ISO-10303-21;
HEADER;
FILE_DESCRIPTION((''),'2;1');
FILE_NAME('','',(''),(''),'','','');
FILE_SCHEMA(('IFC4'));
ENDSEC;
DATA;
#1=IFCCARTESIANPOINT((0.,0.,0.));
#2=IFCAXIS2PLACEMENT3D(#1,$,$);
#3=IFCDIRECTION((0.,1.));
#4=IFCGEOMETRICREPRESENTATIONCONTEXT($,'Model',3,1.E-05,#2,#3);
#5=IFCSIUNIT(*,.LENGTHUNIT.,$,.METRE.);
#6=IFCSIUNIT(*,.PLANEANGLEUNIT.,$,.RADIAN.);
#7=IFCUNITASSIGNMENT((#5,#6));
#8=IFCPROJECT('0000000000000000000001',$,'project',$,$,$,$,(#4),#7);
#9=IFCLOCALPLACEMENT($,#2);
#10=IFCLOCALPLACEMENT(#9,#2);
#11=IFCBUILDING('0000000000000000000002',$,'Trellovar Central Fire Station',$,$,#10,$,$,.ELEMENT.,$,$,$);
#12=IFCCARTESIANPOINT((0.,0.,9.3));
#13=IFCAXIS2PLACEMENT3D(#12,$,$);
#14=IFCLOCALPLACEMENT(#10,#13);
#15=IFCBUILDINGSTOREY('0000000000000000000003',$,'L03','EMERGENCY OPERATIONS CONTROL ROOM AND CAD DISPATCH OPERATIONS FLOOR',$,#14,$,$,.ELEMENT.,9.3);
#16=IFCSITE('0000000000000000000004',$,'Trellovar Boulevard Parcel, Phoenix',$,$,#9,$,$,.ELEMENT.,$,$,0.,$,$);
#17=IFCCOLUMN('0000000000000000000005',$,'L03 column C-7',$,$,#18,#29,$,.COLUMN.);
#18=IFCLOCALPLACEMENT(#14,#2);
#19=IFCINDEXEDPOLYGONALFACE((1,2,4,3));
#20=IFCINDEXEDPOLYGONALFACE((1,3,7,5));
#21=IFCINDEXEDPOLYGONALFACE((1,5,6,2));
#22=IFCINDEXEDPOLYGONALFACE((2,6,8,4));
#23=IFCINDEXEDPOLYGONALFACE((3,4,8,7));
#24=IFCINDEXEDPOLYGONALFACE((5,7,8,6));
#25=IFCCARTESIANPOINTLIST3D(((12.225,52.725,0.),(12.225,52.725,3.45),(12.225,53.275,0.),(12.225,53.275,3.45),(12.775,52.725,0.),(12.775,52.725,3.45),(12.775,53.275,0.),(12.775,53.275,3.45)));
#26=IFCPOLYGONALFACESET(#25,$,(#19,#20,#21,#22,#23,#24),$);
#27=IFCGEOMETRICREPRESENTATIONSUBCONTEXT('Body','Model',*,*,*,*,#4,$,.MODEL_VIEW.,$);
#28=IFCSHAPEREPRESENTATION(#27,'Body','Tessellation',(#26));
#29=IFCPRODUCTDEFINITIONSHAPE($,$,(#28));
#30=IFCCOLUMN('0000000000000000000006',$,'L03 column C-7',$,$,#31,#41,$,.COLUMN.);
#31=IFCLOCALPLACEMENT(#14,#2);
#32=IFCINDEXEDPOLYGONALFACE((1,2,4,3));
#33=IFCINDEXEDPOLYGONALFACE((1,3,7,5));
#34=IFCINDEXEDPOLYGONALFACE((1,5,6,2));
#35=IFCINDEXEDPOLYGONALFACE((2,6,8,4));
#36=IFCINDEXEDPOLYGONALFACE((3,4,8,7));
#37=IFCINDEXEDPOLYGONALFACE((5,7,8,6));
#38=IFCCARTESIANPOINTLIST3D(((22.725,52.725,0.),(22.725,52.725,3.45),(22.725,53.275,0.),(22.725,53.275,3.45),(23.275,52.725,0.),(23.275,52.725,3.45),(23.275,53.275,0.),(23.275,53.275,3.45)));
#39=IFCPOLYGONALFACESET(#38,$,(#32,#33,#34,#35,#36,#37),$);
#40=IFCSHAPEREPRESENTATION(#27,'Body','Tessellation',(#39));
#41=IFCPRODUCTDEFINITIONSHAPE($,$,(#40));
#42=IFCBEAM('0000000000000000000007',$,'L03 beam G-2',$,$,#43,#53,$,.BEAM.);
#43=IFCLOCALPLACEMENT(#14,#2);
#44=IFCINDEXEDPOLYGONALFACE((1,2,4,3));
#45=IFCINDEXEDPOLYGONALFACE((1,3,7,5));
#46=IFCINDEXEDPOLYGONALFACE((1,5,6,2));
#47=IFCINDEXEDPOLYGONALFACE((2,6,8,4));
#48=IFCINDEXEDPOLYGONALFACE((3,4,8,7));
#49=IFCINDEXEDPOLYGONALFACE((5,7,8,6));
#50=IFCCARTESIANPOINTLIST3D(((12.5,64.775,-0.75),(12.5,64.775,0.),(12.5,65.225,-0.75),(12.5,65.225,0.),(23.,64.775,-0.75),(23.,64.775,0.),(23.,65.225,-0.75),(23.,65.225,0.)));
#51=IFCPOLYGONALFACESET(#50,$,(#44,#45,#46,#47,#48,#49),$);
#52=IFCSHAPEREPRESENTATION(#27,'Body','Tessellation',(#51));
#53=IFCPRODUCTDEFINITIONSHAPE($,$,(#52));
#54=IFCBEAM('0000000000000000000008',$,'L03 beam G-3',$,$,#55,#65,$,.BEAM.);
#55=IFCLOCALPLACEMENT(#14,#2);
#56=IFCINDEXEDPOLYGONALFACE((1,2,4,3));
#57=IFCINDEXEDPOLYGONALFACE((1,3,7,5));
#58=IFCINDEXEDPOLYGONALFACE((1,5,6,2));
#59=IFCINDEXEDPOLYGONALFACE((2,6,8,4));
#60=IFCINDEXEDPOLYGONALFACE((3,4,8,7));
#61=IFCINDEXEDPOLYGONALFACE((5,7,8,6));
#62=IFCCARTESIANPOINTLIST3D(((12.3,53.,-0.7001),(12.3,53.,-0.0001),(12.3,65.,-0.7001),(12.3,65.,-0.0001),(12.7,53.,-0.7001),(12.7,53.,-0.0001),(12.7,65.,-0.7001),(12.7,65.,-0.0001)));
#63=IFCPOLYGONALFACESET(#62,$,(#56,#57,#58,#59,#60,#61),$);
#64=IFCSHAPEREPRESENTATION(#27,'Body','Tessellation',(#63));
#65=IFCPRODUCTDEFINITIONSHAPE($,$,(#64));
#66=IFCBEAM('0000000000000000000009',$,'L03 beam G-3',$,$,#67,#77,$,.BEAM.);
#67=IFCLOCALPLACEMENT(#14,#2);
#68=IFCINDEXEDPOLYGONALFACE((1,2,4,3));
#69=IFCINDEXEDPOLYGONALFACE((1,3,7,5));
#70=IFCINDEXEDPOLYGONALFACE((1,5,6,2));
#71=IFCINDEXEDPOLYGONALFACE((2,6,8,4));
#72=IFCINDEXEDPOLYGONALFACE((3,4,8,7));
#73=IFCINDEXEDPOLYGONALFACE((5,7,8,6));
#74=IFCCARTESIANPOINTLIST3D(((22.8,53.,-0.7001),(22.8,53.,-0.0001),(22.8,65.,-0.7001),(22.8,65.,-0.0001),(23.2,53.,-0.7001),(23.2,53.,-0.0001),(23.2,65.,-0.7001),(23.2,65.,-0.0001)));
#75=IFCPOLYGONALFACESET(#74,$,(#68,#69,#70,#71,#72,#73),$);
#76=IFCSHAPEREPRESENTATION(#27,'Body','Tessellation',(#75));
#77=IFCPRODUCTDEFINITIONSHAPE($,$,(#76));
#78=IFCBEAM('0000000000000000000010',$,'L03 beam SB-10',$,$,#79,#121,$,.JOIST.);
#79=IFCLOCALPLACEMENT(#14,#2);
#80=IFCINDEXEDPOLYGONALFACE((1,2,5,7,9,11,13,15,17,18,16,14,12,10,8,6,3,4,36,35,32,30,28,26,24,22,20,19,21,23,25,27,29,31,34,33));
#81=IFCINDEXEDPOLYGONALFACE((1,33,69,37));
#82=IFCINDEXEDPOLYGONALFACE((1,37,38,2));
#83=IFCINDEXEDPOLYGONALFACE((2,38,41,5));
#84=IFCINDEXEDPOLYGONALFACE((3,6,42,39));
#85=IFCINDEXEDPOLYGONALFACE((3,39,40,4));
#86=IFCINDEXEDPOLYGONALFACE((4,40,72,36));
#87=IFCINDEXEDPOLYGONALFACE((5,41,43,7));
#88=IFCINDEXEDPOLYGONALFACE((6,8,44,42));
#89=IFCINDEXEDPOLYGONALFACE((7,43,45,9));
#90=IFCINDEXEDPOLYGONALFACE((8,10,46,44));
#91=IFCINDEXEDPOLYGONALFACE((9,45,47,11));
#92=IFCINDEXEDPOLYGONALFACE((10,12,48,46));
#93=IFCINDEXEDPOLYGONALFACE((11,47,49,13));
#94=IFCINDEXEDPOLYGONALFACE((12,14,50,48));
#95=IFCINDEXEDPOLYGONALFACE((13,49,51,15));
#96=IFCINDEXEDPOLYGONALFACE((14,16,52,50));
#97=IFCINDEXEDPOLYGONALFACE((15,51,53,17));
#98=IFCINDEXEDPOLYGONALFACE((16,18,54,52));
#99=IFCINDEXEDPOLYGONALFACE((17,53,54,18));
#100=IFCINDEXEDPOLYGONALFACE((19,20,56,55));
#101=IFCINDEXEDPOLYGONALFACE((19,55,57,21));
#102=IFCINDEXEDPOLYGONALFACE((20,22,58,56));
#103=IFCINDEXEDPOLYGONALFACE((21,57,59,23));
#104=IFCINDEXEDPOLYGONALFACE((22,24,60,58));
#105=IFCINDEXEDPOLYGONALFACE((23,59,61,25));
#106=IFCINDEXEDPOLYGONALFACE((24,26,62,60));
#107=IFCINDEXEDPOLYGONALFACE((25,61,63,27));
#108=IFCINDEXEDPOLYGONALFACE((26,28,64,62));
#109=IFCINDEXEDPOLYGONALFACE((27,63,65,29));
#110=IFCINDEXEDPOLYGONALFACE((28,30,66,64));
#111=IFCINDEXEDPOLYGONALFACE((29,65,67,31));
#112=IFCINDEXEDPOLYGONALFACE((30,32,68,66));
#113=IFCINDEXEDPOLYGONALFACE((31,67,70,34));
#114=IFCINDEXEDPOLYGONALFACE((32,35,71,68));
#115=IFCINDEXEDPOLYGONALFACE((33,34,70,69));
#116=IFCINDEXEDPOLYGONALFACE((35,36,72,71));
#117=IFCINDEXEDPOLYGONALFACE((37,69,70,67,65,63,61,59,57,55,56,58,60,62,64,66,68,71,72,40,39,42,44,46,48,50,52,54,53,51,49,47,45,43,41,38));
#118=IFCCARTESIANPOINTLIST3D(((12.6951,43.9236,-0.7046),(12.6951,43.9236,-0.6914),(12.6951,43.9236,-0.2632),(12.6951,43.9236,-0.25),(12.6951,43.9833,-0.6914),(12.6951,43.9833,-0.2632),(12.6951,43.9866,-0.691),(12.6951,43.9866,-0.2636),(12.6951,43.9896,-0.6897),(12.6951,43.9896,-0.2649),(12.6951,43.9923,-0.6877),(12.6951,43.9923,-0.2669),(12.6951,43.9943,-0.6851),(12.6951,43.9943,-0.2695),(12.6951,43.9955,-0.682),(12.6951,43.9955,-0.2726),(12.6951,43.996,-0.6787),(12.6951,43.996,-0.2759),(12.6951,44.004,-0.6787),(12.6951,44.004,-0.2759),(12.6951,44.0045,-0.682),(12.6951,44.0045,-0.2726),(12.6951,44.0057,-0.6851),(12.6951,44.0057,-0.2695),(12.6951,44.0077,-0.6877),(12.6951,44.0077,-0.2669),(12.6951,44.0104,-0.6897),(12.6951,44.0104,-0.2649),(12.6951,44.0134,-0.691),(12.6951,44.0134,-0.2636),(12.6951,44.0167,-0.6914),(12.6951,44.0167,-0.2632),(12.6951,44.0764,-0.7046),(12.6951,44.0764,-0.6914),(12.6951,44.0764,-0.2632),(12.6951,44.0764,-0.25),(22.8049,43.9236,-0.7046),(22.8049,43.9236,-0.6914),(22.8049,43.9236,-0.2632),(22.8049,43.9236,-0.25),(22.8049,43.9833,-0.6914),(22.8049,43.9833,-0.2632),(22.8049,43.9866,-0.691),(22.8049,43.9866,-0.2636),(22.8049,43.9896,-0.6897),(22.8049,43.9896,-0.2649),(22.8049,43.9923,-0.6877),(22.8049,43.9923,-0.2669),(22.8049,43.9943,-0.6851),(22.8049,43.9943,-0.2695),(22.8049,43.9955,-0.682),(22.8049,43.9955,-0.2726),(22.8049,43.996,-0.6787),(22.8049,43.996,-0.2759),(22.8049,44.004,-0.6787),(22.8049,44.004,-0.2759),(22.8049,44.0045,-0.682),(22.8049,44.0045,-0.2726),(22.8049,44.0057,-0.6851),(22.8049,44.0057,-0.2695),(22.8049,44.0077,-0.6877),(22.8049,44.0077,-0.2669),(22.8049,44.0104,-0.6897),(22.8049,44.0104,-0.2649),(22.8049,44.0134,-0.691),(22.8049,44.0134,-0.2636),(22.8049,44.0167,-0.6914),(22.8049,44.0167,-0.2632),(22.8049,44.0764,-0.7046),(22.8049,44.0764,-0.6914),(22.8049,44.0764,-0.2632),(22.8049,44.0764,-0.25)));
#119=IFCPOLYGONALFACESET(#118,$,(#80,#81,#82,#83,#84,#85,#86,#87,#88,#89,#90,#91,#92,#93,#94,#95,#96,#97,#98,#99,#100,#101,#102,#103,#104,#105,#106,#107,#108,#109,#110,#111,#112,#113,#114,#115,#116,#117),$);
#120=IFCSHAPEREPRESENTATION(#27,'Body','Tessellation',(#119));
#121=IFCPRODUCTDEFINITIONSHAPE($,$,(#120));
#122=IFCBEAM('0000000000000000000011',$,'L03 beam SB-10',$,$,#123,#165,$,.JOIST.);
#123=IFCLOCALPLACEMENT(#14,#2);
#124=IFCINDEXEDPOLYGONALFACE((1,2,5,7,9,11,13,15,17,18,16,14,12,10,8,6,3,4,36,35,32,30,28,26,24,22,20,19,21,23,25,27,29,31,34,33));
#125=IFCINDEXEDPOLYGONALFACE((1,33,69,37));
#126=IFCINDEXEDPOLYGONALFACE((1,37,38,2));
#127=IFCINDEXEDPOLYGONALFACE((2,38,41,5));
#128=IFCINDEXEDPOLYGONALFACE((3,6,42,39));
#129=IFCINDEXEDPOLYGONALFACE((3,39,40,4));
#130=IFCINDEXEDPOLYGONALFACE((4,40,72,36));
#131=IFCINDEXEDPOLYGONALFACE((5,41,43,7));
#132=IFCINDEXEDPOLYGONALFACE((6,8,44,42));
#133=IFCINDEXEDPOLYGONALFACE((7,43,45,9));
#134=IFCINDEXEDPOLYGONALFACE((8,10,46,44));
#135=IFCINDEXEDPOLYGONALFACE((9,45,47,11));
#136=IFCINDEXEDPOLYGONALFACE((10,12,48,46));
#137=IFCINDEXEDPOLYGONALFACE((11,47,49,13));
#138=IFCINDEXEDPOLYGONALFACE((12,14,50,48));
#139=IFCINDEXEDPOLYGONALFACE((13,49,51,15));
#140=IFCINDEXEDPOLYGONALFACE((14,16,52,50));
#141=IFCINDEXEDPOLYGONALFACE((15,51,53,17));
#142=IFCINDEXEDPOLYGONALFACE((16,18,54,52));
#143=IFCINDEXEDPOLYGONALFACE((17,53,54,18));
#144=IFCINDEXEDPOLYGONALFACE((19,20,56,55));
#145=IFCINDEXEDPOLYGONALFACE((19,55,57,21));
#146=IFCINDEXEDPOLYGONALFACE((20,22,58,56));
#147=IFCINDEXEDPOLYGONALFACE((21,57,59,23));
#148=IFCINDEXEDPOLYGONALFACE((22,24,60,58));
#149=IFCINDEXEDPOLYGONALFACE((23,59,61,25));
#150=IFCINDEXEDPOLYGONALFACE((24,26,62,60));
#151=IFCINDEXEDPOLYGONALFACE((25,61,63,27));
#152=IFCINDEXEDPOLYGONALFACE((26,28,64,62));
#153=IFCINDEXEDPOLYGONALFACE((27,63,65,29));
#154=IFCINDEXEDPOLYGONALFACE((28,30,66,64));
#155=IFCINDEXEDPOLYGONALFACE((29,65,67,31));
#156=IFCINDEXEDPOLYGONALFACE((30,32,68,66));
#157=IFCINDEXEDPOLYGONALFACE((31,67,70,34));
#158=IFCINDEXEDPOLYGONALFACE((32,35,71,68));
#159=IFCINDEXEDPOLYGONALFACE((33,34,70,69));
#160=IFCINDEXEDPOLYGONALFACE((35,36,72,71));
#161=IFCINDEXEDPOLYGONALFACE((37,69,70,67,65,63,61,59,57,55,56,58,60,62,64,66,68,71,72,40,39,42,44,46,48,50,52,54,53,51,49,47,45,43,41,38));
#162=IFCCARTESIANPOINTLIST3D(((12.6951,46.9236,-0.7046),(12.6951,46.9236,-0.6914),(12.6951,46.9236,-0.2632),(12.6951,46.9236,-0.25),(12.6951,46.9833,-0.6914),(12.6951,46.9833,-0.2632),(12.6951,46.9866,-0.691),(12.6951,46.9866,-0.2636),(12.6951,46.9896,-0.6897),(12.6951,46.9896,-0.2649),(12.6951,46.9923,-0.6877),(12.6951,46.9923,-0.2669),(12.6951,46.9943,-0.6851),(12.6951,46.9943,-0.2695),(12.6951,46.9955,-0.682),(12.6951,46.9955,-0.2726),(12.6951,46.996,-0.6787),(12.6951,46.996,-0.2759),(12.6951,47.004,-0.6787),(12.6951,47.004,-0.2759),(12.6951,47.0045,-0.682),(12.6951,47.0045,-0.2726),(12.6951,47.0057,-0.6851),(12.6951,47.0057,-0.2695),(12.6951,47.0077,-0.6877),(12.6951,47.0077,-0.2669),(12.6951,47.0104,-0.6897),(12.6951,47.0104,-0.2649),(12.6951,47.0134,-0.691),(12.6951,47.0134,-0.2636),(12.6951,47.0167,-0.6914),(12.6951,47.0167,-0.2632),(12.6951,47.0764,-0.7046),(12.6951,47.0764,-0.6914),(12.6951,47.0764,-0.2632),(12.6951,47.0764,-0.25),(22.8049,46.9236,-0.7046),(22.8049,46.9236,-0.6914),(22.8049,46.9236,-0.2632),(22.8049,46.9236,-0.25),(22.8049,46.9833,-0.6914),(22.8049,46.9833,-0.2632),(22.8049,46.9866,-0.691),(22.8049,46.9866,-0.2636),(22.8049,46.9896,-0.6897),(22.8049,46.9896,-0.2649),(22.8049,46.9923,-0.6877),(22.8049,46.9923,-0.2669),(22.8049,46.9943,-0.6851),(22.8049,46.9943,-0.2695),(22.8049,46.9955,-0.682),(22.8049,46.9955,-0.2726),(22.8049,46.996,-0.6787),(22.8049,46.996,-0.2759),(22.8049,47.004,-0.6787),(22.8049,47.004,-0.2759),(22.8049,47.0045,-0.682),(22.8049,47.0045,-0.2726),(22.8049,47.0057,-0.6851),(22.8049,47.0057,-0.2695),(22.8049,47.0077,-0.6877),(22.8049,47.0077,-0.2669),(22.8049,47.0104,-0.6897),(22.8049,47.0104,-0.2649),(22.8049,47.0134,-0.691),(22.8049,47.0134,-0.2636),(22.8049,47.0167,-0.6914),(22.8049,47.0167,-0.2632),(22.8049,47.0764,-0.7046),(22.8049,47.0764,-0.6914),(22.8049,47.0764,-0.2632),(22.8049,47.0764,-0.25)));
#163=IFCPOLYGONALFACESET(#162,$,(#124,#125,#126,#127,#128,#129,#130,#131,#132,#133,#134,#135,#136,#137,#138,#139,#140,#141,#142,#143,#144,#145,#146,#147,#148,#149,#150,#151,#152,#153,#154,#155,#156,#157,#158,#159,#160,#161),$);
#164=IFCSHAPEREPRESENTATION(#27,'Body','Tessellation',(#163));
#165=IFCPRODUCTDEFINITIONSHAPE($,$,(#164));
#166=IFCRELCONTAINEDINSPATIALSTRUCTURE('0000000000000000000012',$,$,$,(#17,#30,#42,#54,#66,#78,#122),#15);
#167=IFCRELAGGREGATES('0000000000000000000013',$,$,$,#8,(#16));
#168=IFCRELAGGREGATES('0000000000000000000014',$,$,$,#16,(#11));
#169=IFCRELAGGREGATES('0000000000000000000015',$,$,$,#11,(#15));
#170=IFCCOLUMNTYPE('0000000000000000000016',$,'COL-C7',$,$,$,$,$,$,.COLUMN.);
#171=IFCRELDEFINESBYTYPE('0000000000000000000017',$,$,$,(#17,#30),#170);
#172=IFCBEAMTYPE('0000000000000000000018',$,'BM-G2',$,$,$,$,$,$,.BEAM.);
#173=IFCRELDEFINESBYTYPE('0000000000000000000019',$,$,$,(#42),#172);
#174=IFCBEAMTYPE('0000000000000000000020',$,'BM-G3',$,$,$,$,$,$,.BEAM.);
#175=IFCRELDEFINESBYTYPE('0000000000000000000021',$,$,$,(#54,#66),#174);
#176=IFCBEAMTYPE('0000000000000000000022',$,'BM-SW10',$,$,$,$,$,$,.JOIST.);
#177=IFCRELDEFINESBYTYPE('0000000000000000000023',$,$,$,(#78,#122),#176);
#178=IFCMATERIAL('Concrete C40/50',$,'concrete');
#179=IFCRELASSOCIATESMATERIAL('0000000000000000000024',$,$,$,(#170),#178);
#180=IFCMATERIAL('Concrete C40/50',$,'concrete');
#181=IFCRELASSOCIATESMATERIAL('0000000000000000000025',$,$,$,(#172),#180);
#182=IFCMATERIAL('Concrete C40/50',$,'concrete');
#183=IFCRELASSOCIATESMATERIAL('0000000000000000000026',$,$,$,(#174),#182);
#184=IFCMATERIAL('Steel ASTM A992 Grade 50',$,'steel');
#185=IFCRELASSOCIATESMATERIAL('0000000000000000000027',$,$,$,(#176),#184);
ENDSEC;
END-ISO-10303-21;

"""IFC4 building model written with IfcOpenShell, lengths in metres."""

from ifc_helpers import new_model, si_unit, direction, frame, origin, origin_2d, place, context, subcontext, project, spatial, rectangle, i_section, extrude, material, material_profile, profile_set, type_object, element, save


model = new_model("IFC4")

# Units and contexts
model_context = context("Model", 3, precision=1e-05, world=origin(), true_north=direction((0.0, 1.0)))
body_context = subcontext(model_context, "Body", "Model", "MODEL_VIEW")
ifc_project = project(units=[si_unit("LENGTHUNIT", "METRE"), si_unit("PLANEANGLEUNIT", "RADIAN")], contexts=[model_context])

# Site, building, storey
site_placement = place(None, origin())
site = spatial("IfcSite", under=ifc_project, at=site_placement, Name="Trellovar Boulevard Parcel, Phoenix", CompositionType="ELEMENT", RefElevation=0.0)
building_placement = place(site_placement, origin())
building = spatial("IfcBuilding", under=site, at=building_placement, Name="Trellovar Central Fire Station", CompositionType="ELEMENT")
storey_placement = place(building_placement, frame((0.0, 0.0, 9.3)))
storey = spatial("IfcBuildingStorey", under=building, at=storey_placement, Name="L03", Description="EMERGENCY OPERATIONS CONTROL ROOM AND CAD DISPATCH OPERATIONS FLOOR", CompositionType="ELEMENT", Elevation=9.3)

# Columns
ifc_material_1 = material(Name="Concrete C40/50", Category="concrete")
ifc_material_profile_1 = material_profile(ifc_material_1, rectangle(XDim=0.55, YDim=0.55, at=origin_2d()), Name="RC550X550")
ifc_profile_set_1 = profile_set([ifc_material_profile_1], Name="Concrete C40/50")
column_type = type_object("IfcColumnType", Name="COL-C7", PredefinedType="COLUMN", material=ifc_profile_set_1)
for number, where, z_axis, x_axis, name in (
    (1, (12.5, 53.0, 0.0), (0.0, 0.0, 1.0), (1.0, 0.0, 0.0), "L03 column C-7"),
    (2, (23.0, 53.0, 0.0), (0.0, 0.0, 1.0), (1.0, 0.0, 0.0), "L03 column C-7"),
):
    element("IfcColumn", number, at=place(storey_placement, frame(where, z_axis=z_axis, x_axis=x_axis)), inside=storey, type_object=column_type, Name=name, PredefinedType="COLUMN", context=body_context, shape_type="SweptSolid", body=[
        extrude(rectangle(XDim=0.55, YDim=0.55, at=origin_2d()), origin(), (0.0, 0.0, 1.0), 3.45),
    ])

# Beams
ifc_material_2 = material(Name="Concrete C40/50", Category="concrete")
ifc_material_profile_2 = material_profile(ifc_material_2, rectangle(XDim=0.45, YDim=0.75, at=origin_2d()), Name="RC450X750")
ifc_profile_set_2 = profile_set([ifc_material_profile_2], Name="Concrete C40/50")
beam_type_1 = type_object("IfcBeamType", Name="BM-G2", PredefinedType="BEAM", material=ifc_profile_set_2)
beam_placement = place(storey_placement, frame((12.5, 65.0, -0.375), z_axis=(1.0, 0.0, 0.0), x_axis=(0.0, 1.0, 0.0)))
element("IfcBeam", 3, at=beam_placement, inside=storey, type_object=beam_type_1, Name="L03 beam G-2", PredefinedType="BEAM", context=body_context, shape_type="SweptSolid", body=[
    extrude(rectangle(XDim=0.45, YDim=0.75, at=origin_2d()), origin(), (0.0, 0.0, 1.0), 10.5),
])
ifc_material_3 = material(Name="Concrete C40/50", Category="concrete")
ifc_material_profile_3 = material_profile(ifc_material_3, rectangle(XDim=0.3999, YDim=0.7, at=origin_2d()), Name="RC400X700")
ifc_profile_set_3 = profile_set([ifc_material_profile_3], Name="Concrete C40/50")
beam_type_2 = type_object("IfcBeamType", Name="BM-G3", PredefinedType="BEAM", material=ifc_profile_set_3)
for number, where, z_axis, x_axis, name in (
    (4, (12.5, 53.0, -0.3501), (0.0, 1.0, 0.0), (-1.0, 0.0, 0.0), "L03 beam G-3"),
    (5, (23.0, 53.0, -0.3501), (0.0, 1.0, 0.0), (-1.0, 0.0, 0.0), "L03 beam G-3"),
):
    element("IfcBeam", number, at=place(storey_placement, frame(where, z_axis=z_axis, x_axis=x_axis)), inside=storey, type_object=beam_type_2, Name=name, PredefinedType="BEAM", context=body_context, shape_type="SweptSolid", body=[
        extrude(rectangle(XDim=0.3999, YDim=0.7, at=origin_2d()), origin(), (0.0, 0.0, 1.0), 12.0),
    ])
ifc_material_4 = material(Name="Steel ASTM A992 Grade 50", Category="steel")
ifc_material_profile_4 = material_profile(ifc_material_4, i_section(OverallWidth=0.1528, OverallDepth=0.4546, WebThickness=0.0081, FlangeThickness=0.0132, FilletRadius=0.0127, at=origin_2d()), Name="W18X40")
ifc_profile_set_4 = profile_set([ifc_material_profile_4], Name="Steel ASTM A992 Grade 50")
beam_type_3 = type_object("IfcBeamType", Name="BM-SW10", PredefinedType="JOIST", material=ifc_profile_set_4)
for number, where, z_axis, x_axis, name in (
    (6, (12.6951, 44.0, -0.4773), (1.0, 0.0, 0.0), (0.0, 1.0, 0.0), "L03 beam SB-10"),
    (7, (12.6951, 47.0, -0.4773), (1.0, 0.0, 0.0), (0.0, 1.0, 0.0), "L03 beam SB-10"),
):
    element("IfcBeam", number, at=place(storey_placement, frame(where, z_axis=z_axis, x_axis=x_axis)), inside=storey, type_object=beam_type_3, Name=name, PredefinedType="JOIST", context=body_context, shape_type="SweptSolid", body=[
        extrude(i_section(OverallWidth=0.1528, OverallDepth=0.4546, WebThickness=0.0081, FlangeThickness=0.0132, FilletRadius=0.0127, at=origin_2d()), origin(), (0.0, 0.0, 1.0), 10.1099),
    ])

save(model, "model.ifc")
